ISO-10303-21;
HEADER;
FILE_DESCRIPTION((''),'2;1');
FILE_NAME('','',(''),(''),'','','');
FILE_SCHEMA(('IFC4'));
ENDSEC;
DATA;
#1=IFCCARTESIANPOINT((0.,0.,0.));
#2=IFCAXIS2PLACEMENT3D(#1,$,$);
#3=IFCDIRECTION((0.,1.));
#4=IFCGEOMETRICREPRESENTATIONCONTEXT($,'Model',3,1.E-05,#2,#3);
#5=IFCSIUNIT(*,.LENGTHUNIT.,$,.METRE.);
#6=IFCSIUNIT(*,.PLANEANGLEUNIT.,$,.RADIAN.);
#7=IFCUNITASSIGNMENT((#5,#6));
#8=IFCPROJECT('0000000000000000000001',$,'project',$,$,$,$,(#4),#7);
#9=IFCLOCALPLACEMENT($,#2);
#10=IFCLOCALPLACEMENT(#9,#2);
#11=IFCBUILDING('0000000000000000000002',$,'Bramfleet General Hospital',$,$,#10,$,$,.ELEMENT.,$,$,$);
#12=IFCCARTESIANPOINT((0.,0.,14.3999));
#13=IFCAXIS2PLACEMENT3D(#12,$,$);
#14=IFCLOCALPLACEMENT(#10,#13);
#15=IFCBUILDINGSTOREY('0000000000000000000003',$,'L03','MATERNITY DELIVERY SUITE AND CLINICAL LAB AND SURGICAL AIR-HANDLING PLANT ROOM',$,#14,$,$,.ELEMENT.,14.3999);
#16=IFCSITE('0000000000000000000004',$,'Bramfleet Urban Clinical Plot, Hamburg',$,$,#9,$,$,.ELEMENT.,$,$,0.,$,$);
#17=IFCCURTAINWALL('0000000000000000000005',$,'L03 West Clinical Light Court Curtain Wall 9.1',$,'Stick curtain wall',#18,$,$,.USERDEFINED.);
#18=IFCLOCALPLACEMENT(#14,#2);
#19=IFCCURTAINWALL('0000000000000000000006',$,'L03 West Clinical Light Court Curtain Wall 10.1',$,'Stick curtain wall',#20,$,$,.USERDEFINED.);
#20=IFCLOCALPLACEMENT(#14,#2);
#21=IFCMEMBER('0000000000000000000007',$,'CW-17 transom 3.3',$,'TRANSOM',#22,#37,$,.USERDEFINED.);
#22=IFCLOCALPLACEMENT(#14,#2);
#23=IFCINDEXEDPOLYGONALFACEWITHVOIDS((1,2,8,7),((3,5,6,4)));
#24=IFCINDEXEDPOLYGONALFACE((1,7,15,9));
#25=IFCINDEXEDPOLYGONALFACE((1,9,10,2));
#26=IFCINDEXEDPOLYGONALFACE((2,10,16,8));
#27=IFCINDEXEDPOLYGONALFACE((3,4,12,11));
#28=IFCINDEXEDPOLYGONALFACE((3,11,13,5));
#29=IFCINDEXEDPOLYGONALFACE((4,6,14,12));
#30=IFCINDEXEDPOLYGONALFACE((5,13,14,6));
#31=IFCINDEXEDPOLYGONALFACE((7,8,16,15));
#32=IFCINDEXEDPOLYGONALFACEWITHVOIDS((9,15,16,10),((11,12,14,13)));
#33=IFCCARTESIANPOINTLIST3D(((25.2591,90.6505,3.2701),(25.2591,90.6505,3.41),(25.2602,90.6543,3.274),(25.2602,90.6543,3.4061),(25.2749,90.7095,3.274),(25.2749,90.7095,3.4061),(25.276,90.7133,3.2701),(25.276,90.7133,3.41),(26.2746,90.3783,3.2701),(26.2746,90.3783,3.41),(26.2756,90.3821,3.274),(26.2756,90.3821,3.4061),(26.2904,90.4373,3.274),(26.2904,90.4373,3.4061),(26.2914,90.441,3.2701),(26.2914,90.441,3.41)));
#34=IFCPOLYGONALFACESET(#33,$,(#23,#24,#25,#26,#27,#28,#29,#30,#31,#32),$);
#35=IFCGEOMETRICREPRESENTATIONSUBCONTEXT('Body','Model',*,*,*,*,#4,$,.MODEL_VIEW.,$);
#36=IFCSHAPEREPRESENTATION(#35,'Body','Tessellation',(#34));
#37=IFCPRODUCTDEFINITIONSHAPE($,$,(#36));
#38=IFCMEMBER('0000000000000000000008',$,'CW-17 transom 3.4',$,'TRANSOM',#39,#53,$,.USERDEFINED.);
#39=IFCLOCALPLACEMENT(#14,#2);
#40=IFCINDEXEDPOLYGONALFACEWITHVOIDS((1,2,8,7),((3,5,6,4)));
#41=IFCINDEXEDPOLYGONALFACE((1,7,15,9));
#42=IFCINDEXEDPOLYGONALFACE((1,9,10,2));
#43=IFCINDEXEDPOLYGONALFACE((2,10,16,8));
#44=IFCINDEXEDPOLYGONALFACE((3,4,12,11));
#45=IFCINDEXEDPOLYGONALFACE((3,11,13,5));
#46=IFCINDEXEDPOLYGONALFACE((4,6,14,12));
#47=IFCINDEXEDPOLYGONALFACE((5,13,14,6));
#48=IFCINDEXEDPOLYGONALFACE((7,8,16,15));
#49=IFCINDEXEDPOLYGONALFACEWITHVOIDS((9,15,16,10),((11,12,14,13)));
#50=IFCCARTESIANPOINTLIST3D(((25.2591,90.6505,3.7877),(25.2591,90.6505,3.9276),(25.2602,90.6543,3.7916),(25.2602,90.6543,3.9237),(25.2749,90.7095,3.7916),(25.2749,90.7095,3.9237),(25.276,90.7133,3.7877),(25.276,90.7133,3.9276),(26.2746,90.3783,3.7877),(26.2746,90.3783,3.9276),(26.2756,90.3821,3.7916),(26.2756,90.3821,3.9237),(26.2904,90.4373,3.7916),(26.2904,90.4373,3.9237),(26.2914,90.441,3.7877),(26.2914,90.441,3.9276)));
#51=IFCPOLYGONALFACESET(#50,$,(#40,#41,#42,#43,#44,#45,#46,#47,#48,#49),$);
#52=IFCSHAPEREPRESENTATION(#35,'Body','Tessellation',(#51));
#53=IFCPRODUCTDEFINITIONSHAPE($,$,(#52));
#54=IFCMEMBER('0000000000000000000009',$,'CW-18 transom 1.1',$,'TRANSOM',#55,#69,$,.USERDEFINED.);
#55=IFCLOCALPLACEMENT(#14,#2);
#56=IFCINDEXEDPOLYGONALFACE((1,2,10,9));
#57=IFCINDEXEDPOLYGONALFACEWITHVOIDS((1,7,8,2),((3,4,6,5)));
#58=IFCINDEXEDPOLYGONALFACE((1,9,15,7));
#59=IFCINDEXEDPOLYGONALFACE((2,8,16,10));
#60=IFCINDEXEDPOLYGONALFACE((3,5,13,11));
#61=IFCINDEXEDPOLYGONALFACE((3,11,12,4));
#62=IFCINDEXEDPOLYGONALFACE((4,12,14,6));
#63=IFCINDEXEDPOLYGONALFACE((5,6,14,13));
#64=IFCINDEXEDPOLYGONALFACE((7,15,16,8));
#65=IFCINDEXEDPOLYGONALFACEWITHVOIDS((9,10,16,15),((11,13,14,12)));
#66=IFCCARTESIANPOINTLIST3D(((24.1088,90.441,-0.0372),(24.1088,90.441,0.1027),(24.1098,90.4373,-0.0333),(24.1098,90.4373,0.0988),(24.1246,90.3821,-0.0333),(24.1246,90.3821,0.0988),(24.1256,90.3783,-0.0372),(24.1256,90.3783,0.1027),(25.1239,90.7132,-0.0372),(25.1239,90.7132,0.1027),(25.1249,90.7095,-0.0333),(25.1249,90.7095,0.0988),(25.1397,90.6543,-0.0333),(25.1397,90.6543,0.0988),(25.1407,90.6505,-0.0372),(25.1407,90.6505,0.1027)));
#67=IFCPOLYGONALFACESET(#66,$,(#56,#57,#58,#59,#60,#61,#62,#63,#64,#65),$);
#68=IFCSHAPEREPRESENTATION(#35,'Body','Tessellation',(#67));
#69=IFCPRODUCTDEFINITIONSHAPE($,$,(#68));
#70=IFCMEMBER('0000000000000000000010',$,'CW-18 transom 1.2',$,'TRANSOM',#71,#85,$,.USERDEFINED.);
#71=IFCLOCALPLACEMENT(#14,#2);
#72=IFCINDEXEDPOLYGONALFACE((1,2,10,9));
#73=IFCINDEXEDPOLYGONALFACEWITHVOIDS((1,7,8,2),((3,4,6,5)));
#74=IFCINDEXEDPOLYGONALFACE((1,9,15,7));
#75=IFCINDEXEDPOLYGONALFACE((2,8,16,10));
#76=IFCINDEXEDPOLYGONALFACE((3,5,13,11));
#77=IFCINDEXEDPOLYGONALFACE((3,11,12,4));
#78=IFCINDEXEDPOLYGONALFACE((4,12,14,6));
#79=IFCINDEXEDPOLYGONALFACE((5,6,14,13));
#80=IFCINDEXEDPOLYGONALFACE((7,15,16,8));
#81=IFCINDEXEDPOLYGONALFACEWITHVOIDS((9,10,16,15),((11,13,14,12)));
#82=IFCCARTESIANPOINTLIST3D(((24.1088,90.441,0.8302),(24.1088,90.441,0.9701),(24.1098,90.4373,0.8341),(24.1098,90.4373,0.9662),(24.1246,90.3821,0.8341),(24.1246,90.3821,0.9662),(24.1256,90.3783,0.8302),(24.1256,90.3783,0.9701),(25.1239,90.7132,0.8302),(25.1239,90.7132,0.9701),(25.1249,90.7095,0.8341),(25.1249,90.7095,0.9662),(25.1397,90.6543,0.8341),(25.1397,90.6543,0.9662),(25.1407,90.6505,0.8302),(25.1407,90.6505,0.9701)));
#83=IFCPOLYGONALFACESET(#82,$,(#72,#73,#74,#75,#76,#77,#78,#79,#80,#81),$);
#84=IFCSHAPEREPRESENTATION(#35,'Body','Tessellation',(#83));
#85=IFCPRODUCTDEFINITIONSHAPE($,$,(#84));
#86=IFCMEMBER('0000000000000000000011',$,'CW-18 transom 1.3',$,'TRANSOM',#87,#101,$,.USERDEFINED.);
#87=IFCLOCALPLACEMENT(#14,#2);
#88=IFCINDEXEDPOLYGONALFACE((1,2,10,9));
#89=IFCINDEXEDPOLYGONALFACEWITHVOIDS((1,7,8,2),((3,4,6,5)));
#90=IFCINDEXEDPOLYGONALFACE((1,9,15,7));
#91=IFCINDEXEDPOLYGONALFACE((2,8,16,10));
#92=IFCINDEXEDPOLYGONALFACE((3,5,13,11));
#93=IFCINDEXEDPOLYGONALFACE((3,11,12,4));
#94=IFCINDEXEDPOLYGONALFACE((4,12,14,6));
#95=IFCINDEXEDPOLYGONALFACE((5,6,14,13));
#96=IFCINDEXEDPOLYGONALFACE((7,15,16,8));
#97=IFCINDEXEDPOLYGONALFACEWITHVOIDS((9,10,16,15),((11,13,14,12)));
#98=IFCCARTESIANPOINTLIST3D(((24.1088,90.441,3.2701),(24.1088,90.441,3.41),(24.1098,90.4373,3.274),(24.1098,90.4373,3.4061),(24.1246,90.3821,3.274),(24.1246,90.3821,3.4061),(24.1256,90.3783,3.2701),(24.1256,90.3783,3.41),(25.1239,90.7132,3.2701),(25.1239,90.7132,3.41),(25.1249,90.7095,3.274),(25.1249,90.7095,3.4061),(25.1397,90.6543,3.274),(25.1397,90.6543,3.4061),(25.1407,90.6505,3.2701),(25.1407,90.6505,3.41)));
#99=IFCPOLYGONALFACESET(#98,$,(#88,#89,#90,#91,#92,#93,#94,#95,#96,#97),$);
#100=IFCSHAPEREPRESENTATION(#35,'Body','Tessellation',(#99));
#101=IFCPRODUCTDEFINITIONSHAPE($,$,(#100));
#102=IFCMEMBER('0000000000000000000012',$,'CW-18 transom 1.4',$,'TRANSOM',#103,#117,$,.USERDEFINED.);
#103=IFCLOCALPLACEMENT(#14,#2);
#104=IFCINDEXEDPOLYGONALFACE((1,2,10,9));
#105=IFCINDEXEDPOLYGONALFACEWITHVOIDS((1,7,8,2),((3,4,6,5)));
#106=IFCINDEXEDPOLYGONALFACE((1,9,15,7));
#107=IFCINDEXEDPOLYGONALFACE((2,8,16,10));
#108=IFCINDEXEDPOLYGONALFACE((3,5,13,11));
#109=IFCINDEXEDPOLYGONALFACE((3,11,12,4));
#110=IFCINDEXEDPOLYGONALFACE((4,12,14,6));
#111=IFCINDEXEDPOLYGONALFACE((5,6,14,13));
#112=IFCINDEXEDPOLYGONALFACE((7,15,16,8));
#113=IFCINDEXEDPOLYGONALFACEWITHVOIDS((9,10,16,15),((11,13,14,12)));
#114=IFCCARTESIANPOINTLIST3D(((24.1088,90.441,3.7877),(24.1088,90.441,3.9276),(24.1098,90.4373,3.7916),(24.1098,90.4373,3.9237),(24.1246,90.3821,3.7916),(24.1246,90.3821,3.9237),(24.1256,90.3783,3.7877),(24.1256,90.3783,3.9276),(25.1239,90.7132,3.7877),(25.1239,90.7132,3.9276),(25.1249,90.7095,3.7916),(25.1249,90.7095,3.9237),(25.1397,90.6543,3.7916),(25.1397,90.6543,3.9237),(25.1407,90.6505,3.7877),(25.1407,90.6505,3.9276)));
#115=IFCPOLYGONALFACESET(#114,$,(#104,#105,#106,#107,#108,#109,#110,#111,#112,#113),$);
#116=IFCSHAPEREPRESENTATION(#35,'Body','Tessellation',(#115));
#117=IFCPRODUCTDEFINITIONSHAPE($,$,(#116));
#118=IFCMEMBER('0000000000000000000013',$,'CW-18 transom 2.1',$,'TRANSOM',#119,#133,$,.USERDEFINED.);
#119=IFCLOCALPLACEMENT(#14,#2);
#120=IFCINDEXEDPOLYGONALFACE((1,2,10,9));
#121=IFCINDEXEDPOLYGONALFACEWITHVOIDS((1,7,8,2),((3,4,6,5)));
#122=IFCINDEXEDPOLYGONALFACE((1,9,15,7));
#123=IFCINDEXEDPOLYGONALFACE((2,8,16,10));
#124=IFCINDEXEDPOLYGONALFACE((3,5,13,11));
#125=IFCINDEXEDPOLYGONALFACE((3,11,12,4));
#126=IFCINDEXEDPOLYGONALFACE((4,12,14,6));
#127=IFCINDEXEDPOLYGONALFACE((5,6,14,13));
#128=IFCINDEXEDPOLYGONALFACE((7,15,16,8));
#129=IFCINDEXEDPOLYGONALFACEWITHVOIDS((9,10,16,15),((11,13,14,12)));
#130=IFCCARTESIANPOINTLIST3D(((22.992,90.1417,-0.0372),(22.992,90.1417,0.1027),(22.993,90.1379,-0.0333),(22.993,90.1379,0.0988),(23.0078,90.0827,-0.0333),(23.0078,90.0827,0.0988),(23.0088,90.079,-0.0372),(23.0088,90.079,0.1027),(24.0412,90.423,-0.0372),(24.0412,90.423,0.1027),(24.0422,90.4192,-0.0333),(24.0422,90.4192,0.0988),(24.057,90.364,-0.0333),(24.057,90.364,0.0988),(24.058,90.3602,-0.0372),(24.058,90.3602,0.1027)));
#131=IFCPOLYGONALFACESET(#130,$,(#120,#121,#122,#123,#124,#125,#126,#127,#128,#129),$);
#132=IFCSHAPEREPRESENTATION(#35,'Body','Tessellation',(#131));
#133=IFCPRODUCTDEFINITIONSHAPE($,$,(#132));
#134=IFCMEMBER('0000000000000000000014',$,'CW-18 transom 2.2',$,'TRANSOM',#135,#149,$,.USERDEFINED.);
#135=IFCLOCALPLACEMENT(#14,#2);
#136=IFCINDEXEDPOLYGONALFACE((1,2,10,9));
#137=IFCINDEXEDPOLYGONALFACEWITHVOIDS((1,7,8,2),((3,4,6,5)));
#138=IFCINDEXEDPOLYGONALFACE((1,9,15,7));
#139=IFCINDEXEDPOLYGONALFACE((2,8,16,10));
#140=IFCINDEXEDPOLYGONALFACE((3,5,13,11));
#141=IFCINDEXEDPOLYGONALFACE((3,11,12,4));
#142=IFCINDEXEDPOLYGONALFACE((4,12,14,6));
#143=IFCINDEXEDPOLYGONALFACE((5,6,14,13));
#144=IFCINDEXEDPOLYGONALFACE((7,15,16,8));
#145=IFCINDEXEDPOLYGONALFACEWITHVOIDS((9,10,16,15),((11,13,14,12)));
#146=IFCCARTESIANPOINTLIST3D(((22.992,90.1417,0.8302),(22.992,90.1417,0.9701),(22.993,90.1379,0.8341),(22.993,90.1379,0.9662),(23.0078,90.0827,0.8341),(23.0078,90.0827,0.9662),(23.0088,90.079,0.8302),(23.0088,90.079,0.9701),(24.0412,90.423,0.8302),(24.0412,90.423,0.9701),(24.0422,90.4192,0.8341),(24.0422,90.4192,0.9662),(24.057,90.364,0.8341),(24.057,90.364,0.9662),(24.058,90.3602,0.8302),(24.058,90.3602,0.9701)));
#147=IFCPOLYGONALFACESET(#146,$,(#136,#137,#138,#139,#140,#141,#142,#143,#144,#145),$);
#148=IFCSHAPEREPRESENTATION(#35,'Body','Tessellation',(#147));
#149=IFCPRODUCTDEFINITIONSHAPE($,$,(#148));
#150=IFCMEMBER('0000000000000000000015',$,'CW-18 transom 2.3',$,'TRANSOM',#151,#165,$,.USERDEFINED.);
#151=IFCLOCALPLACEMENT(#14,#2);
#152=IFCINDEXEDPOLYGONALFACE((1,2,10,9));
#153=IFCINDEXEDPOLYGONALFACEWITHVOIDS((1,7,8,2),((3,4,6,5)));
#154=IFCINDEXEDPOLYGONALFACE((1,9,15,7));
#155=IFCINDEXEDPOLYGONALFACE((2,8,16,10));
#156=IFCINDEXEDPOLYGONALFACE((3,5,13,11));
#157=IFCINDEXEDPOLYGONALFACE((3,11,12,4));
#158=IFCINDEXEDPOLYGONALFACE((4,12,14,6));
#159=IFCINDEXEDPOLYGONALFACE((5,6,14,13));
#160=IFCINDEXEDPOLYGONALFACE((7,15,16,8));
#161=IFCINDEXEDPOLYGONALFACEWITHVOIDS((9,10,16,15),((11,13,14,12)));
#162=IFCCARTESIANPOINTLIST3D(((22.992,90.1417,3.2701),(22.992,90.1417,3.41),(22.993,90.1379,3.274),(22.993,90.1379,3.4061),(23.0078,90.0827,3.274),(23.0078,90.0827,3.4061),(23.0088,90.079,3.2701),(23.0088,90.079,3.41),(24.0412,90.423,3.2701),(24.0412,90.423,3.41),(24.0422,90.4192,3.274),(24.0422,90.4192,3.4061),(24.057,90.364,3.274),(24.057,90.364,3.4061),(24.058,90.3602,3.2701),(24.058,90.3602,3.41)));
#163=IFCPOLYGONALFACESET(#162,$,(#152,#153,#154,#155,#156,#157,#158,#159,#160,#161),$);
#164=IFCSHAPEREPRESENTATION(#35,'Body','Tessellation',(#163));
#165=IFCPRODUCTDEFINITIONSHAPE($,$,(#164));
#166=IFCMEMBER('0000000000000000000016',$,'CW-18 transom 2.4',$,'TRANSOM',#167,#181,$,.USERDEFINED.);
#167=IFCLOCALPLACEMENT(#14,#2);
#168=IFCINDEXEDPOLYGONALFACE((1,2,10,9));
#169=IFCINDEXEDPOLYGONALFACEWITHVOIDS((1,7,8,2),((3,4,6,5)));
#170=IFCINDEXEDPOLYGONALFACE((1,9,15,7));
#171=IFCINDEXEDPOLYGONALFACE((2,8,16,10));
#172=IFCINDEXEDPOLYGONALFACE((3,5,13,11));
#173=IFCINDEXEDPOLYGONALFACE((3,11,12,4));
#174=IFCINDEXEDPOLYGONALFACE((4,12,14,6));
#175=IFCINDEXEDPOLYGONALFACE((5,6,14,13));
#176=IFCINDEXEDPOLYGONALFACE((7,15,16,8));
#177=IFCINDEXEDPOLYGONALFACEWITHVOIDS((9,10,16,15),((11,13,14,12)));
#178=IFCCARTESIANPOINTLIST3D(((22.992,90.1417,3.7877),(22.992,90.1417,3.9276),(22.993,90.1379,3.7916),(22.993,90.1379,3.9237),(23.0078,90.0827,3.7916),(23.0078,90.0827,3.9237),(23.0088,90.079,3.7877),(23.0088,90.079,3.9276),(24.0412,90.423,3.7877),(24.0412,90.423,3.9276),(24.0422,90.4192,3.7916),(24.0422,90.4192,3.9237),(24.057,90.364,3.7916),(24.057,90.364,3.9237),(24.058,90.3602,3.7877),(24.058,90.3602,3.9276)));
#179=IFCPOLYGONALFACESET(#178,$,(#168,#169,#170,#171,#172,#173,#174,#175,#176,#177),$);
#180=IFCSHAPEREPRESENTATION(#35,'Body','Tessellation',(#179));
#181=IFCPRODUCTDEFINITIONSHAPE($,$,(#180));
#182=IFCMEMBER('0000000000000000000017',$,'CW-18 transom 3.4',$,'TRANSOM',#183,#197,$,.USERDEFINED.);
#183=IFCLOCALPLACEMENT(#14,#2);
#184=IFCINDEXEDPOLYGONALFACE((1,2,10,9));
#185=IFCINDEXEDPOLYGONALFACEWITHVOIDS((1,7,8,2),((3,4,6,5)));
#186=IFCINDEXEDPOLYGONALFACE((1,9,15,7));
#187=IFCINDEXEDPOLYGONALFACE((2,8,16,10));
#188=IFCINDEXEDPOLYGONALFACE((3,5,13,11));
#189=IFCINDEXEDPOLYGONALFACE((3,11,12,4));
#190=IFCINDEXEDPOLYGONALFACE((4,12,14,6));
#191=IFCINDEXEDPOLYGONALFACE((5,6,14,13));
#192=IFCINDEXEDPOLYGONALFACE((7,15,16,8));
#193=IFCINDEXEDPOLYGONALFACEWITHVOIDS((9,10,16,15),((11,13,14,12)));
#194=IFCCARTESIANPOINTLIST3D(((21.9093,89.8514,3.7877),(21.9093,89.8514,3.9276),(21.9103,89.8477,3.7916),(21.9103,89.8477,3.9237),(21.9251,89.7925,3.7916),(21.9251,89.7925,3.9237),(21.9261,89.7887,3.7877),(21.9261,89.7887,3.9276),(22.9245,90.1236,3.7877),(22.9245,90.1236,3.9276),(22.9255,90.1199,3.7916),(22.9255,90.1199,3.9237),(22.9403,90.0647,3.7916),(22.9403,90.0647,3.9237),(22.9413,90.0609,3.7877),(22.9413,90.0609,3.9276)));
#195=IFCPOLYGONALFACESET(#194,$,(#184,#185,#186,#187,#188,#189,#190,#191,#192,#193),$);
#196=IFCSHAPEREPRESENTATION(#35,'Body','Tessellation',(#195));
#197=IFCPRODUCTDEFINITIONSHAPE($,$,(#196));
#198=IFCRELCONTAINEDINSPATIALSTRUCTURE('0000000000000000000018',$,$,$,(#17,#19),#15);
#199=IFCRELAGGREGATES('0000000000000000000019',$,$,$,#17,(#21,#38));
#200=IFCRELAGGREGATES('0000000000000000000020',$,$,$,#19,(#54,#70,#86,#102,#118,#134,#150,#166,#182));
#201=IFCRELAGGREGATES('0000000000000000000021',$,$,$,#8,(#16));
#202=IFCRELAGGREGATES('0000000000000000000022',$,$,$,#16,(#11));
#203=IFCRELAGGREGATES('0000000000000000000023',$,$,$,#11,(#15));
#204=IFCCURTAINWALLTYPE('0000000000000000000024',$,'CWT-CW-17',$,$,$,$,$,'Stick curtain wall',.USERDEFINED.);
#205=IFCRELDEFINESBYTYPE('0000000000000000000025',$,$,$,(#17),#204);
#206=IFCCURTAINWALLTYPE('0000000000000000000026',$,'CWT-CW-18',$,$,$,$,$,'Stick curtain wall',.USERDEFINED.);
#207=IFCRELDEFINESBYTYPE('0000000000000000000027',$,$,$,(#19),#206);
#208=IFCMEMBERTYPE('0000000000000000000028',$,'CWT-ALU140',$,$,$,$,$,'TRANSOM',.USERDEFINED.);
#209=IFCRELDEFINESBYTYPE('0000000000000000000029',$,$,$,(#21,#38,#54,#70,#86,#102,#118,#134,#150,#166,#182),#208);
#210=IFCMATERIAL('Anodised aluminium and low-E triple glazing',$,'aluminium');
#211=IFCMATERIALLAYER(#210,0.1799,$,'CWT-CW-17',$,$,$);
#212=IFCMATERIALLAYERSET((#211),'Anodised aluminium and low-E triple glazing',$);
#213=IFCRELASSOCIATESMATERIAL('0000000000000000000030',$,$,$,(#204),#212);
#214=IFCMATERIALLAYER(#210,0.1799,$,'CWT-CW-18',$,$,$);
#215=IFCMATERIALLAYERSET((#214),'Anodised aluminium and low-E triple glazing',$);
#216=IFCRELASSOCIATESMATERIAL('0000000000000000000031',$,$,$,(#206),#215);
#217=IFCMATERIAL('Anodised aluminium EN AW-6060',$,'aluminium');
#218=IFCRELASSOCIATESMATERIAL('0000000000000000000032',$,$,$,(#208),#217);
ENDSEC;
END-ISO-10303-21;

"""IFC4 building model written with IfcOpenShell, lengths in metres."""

from ifc_helpers import new_model, si_unit, direction, frame, origin, origin_2d, place, context, subcontext, project, spatial, hollow_rectangle, extrude, material, layer, layer_set, material_profile, profile_set, type_object, element, aggregate, save


model = new_model("IFC4")

# Units and contexts
model_context = context("Model", 3, precision=1e-05, world=origin(), true_north=direction((0.0, 1.0)))
body_context = subcontext(model_context, "Body", "Model", "MODEL_VIEW")
ifc_project = project(units=[si_unit("LENGTHUNIT", "METRE"), si_unit("PLANEANGLEUNIT", "RADIAN")], contexts=[model_context])

# Site, building, storey
site_placement = place(None, origin())
site = spatial("IfcSite", under=ifc_project, at=site_placement, Name="Bramfleet Urban Clinical Plot, Hamburg", CompositionType="ELEMENT", RefElevation=0.0)
building_placement = place(site_placement, origin())
building = spatial("IfcBuilding", under=site, at=building_placement, Name="Bramfleet General Hospital", CompositionType="ELEMENT")
storey_placement = place(building_placement, frame((0.0, 0.0, 14.3999)))
storey = spatial("IfcBuildingStorey", under=building, at=storey_placement, Name="L03", Description="MATERNITY DELIVERY SUITE AND CLINICAL LAB AND SURGICAL AIR-HANDLING PLANT ROOM", CompositionType="ELEMENT", Elevation=14.3999)

# Curtain walls
ifc_material_1 = material(Name="Anodised aluminium and low-E triple glazing", Category="aluminium")
ifc_layer_1 = layer(ifc_material_1, 0.1799, Name="CWT-CW-17")
ifc_layer_set_1 = layer_set([ifc_layer_1], Name="Anodised aluminium and low-E triple glazing")
curtain_wall_type_1 = type_object("IfcCurtainWallType", Name="CWT-CW-17", ElementType="Stick curtain wall", PredefinedType="USERDEFINED", material=ifc_layer_set_1)
curtain_wall_1_placement = place(storey_placement, origin())
curtain_wall_1 = element("IfcCurtainWall", 1, at=curtain_wall_1_placement, inside=storey, type_object=curtain_wall_type_1, Name="L03 West Clinical Light Court Curtain Wall 9.1", ObjectType="Stick curtain wall", PredefinedType="USERDEFINED")
ifc_material_2 = material(Name="Anodised aluminium EN AW-6060", Category="aluminium")
ifc_layer_2 = layer(ifc_material_1, 0.1799, Name="CWT-CW-18")
ifc_layer_set_2 = layer_set([ifc_layer_2], Name="Anodised aluminium and low-E triple glazing")
curtain_wall_type_2 = type_object("IfcCurtainWallType", Name="CWT-CW-18", ElementType="Stick curtain wall", PredefinedType="USERDEFINED", material=ifc_layer_set_2)
curtain_wall_2_placement = place(storey_placement, origin())
curtain_wall_2 = element("IfcCurtainWall", 2, at=curtain_wall_2_placement, inside=storey, type_object=curtain_wall_type_2, Name="L03 West Clinical Light Court Curtain Wall 10.1", ObjectType="Stick curtain wall", PredefinedType="USERDEFINED")

# Members
ifc_material_profile_1 = material_profile(ifc_material_2, hollow_rectangle(XDim=0.0649, YDim=0.1399, WallThickness=0.0039, at=origin_2d()), Name="ALU 140x65x4.0")
ifc_profile_set_1 = profile_set([ifc_material_profile_1], Name="Anodised aluminium EN AW-6060")
member_type_1 = type_object("IfcMemberType", Name="CWT-ALU140", ElementType="TRANSOM", PredefinedType="USERDEFINED", material=ifc_profile_set_1)
member_1_placement = place(storey_placement, frame((26.283, 90.4097, 3.3401), z_axis=(-0.965891, 0.258949, 0.0), x_axis=(-0.258949, -0.965891, 0.0)))
member_1 = element("IfcMember", 3, at=member_1_placement, type_object=member_type_1, Name="CW-17 transom 3.3", ObjectType="TRANSOM", PredefinedType="USERDEFINED", context=body_context, shape_type="SweptSolid", body=[
    extrude(hollow_rectangle(XDim=0.0649, YDim=0.1399, WallThickness=0.0039, at=origin_2d()), origin(), (0.0, 0.0, 1.0), 1.0513),
])
member_2_placement = place(storey_placement, frame((26.283, 90.4097, 3.8577), z_axis=(-0.965891, 0.258949, 0.0), x_axis=(-0.258949, -0.965891, 0.0)))
member_2 = element("IfcMember", 4, at=member_2_placement, type_object=member_type_1, Name="CW-17 transom 3.4", ObjectType="TRANSOM", PredefinedType="USERDEFINED", context=body_context, shape_type="SweptSolid", body=[
    extrude(hollow_rectangle(XDim=0.0649, YDim=0.1399, WallThickness=0.0039, at=origin_2d()), origin(), (0.0, 0.0, 1.0), 1.0513),
])
member_3_placement = place(storey_placement, frame((25.1323, 90.6819, 0.0327), z_axis=(-0.965875, -0.259007, 0.0), x_axis=(0.259007, -0.965875, 0.0)))
member_3 = element("IfcMember", 5, at=member_3_placement, type_object=member_type_1, Name="CW-18 transom 1.1", ObjectType="TRANSOM", PredefinedType="USERDEFINED", context=body_context, shape_type="SweptSolid", body=[
    extrude(hollow_rectangle(XDim=0.0649, YDim=0.1399, WallThickness=0.0039, at=origin_2d()), origin(), (0.0, 0.0, 1.0), 1.051),
])
member_4_placement = place(storey_placement, frame((25.1323, 90.6819, 0.9001), z_axis=(-0.965875, -0.259007, 0.0), x_axis=(0.259007, -0.965875, 0.0)))
member_4 = element("IfcMember", 6, at=member_4_placement, type_object=member_type_1, Name="CW-18 transom 1.2", ObjectType="TRANSOM", PredefinedType="USERDEFINED", context=body_context, shape_type="SweptSolid", body=[
    extrude(hollow_rectangle(XDim=0.0649, YDim=0.1399, WallThickness=0.0039, at=origin_2d()), origin(), (0.0, 0.0, 1.0), 1.051),
])
member_5_placement = place(storey_placement, frame((25.1323, 90.6819, 3.3401), z_axis=(-0.965875, -0.259007, 0.0), x_axis=(0.259007, -0.965875, 0.0)))
member_5 = element("IfcMember", 7, at=member_5_placement, type_object=member_type_1, Name="CW-18 transom 1.3", ObjectType="TRANSOM", PredefinedType="USERDEFINED", context=body_context, shape_type="SweptSolid", body=[
    extrude(hollow_rectangle(XDim=0.0649, YDim=0.1399, WallThickness=0.0039, at=origin_2d()), origin(), (0.0, 0.0, 1.0), 1.051),
])
member_6_placement = place(storey_placement, frame((25.1323, 90.6819, 3.8577), z_axis=(-0.965875, -0.259007, 0.0), x_axis=(0.259007, -0.965875, 0.0)))
member_6 = element("IfcMember", 8, at=member_6_placement, type_object=member_type_1, Name="CW-18 transom 1.4", ObjectType="TRANSOM", PredefinedType="USERDEFINED", context=body_context, shape_type="SweptSolid", body=[
    extrude(hollow_rectangle(XDim=0.0649, YDim=0.1399, WallThickness=0.0039, at=origin_2d()), origin(), (0.0, 0.0, 1.0), 1.051),
])
member_7_placement = place(storey_placement, frame((24.0496, 90.3916, 0.0327), z_axis=(-0.965891, -0.25895, 0.0), x_axis=(0.25895, -0.965891, 0.0)))
member_7 = element("IfcMember", 9, at=member_7_placement, type_object=member_type_1, Name="CW-18 transom 2.1", ObjectType="TRANSOM", PredefinedType="USERDEFINED", context=body_context, shape_type="SweptSolid", body=[
    extrude(hollow_rectangle(XDim=0.0649, YDim=0.1399, WallThickness=0.0039, at=origin_2d()), origin(), (0.0, 0.0, 1.0), 1.0862),
])
member_8_placement = place(storey_placement, frame((24.0496, 90.3916, 0.9001), z_axis=(-0.965891, -0.25895, 0.0), x_axis=(0.25895, -0.965891, 0.0)))
member_8 = element("IfcMember", 10, at=member_8_placement, type_object=member_type_1, Name="CW-18 transom 2.2", ObjectType="TRANSOM", PredefinedType="USERDEFINED", context=body_context, shape_type="SweptSolid", body=[
    extrude(hollow_rectangle(XDim=0.0649, YDim=0.1399, WallThickness=0.0039, at=origin_2d()), origin(), (0.0, 0.0, 1.0), 1.0862),
])
member_9_placement = place(storey_placement, frame((24.0496, 90.3916, 3.3401), z_axis=(-0.965891, -0.25895, 0.0), x_axis=(0.25895, -0.965891, 0.0)))
member_9 = element("IfcMember", 11, at=member_9_placement, type_object=member_type_1, Name="CW-18 transom 2.3", ObjectType="TRANSOM", PredefinedType="USERDEFINED", context=body_context, shape_type="SweptSolid", body=[
    extrude(hollow_rectangle(XDim=0.0649, YDim=0.1399, WallThickness=0.0039, at=origin_2d()), origin(), (0.0, 0.0, 1.0), 1.0862),
])
member_10_placement = place(storey_placement, frame((24.0496, 90.3916, 3.8577), z_axis=(-0.965891, -0.25895, 0.0), x_axis=(0.25895, -0.965891, 0.0)))
member_10 = element("IfcMember", 12, at=member_10_placement, type_object=member_type_1, Name="CW-18 transom 2.4", ObjectType="TRANSOM", PredefinedType="USERDEFINED", context=body_context, shape_type="SweptSolid", body=[
    extrude(hollow_rectangle(XDim=0.0649, YDim=0.1399, WallThickness=0.0039, at=origin_2d()), origin(), (0.0, 0.0, 1.0), 1.0862),
])
member_11_placement = place(storey_placement, frame((22.9329, 90.0923, 3.8577), z_axis=(-0.965875, -0.259007, 0.0), x_axis=(0.259007, -0.965875, 0.0)))
member_11 = element("IfcMember", 13, at=member_11_placement, type_object=member_type_1, Name="CW-18 transom 3.4", ObjectType="TRANSOM", PredefinedType="USERDEFINED", context=body_context, shape_type="SweptSolid", body=[
    extrude(hollow_rectangle(XDim=0.0649, YDim=0.1399, WallThickness=0.0039, at=origin_2d()), origin(), (0.0, 0.0, 1.0), 1.051),
])

aggregate(curtain_wall_1, [member_1, member_2])
aggregate(curtain_wall_2, [member_3, member_4, member_5, member_6, member_7, member_8, member_9, member_10, member_11])

save(model, "model.ifc")
